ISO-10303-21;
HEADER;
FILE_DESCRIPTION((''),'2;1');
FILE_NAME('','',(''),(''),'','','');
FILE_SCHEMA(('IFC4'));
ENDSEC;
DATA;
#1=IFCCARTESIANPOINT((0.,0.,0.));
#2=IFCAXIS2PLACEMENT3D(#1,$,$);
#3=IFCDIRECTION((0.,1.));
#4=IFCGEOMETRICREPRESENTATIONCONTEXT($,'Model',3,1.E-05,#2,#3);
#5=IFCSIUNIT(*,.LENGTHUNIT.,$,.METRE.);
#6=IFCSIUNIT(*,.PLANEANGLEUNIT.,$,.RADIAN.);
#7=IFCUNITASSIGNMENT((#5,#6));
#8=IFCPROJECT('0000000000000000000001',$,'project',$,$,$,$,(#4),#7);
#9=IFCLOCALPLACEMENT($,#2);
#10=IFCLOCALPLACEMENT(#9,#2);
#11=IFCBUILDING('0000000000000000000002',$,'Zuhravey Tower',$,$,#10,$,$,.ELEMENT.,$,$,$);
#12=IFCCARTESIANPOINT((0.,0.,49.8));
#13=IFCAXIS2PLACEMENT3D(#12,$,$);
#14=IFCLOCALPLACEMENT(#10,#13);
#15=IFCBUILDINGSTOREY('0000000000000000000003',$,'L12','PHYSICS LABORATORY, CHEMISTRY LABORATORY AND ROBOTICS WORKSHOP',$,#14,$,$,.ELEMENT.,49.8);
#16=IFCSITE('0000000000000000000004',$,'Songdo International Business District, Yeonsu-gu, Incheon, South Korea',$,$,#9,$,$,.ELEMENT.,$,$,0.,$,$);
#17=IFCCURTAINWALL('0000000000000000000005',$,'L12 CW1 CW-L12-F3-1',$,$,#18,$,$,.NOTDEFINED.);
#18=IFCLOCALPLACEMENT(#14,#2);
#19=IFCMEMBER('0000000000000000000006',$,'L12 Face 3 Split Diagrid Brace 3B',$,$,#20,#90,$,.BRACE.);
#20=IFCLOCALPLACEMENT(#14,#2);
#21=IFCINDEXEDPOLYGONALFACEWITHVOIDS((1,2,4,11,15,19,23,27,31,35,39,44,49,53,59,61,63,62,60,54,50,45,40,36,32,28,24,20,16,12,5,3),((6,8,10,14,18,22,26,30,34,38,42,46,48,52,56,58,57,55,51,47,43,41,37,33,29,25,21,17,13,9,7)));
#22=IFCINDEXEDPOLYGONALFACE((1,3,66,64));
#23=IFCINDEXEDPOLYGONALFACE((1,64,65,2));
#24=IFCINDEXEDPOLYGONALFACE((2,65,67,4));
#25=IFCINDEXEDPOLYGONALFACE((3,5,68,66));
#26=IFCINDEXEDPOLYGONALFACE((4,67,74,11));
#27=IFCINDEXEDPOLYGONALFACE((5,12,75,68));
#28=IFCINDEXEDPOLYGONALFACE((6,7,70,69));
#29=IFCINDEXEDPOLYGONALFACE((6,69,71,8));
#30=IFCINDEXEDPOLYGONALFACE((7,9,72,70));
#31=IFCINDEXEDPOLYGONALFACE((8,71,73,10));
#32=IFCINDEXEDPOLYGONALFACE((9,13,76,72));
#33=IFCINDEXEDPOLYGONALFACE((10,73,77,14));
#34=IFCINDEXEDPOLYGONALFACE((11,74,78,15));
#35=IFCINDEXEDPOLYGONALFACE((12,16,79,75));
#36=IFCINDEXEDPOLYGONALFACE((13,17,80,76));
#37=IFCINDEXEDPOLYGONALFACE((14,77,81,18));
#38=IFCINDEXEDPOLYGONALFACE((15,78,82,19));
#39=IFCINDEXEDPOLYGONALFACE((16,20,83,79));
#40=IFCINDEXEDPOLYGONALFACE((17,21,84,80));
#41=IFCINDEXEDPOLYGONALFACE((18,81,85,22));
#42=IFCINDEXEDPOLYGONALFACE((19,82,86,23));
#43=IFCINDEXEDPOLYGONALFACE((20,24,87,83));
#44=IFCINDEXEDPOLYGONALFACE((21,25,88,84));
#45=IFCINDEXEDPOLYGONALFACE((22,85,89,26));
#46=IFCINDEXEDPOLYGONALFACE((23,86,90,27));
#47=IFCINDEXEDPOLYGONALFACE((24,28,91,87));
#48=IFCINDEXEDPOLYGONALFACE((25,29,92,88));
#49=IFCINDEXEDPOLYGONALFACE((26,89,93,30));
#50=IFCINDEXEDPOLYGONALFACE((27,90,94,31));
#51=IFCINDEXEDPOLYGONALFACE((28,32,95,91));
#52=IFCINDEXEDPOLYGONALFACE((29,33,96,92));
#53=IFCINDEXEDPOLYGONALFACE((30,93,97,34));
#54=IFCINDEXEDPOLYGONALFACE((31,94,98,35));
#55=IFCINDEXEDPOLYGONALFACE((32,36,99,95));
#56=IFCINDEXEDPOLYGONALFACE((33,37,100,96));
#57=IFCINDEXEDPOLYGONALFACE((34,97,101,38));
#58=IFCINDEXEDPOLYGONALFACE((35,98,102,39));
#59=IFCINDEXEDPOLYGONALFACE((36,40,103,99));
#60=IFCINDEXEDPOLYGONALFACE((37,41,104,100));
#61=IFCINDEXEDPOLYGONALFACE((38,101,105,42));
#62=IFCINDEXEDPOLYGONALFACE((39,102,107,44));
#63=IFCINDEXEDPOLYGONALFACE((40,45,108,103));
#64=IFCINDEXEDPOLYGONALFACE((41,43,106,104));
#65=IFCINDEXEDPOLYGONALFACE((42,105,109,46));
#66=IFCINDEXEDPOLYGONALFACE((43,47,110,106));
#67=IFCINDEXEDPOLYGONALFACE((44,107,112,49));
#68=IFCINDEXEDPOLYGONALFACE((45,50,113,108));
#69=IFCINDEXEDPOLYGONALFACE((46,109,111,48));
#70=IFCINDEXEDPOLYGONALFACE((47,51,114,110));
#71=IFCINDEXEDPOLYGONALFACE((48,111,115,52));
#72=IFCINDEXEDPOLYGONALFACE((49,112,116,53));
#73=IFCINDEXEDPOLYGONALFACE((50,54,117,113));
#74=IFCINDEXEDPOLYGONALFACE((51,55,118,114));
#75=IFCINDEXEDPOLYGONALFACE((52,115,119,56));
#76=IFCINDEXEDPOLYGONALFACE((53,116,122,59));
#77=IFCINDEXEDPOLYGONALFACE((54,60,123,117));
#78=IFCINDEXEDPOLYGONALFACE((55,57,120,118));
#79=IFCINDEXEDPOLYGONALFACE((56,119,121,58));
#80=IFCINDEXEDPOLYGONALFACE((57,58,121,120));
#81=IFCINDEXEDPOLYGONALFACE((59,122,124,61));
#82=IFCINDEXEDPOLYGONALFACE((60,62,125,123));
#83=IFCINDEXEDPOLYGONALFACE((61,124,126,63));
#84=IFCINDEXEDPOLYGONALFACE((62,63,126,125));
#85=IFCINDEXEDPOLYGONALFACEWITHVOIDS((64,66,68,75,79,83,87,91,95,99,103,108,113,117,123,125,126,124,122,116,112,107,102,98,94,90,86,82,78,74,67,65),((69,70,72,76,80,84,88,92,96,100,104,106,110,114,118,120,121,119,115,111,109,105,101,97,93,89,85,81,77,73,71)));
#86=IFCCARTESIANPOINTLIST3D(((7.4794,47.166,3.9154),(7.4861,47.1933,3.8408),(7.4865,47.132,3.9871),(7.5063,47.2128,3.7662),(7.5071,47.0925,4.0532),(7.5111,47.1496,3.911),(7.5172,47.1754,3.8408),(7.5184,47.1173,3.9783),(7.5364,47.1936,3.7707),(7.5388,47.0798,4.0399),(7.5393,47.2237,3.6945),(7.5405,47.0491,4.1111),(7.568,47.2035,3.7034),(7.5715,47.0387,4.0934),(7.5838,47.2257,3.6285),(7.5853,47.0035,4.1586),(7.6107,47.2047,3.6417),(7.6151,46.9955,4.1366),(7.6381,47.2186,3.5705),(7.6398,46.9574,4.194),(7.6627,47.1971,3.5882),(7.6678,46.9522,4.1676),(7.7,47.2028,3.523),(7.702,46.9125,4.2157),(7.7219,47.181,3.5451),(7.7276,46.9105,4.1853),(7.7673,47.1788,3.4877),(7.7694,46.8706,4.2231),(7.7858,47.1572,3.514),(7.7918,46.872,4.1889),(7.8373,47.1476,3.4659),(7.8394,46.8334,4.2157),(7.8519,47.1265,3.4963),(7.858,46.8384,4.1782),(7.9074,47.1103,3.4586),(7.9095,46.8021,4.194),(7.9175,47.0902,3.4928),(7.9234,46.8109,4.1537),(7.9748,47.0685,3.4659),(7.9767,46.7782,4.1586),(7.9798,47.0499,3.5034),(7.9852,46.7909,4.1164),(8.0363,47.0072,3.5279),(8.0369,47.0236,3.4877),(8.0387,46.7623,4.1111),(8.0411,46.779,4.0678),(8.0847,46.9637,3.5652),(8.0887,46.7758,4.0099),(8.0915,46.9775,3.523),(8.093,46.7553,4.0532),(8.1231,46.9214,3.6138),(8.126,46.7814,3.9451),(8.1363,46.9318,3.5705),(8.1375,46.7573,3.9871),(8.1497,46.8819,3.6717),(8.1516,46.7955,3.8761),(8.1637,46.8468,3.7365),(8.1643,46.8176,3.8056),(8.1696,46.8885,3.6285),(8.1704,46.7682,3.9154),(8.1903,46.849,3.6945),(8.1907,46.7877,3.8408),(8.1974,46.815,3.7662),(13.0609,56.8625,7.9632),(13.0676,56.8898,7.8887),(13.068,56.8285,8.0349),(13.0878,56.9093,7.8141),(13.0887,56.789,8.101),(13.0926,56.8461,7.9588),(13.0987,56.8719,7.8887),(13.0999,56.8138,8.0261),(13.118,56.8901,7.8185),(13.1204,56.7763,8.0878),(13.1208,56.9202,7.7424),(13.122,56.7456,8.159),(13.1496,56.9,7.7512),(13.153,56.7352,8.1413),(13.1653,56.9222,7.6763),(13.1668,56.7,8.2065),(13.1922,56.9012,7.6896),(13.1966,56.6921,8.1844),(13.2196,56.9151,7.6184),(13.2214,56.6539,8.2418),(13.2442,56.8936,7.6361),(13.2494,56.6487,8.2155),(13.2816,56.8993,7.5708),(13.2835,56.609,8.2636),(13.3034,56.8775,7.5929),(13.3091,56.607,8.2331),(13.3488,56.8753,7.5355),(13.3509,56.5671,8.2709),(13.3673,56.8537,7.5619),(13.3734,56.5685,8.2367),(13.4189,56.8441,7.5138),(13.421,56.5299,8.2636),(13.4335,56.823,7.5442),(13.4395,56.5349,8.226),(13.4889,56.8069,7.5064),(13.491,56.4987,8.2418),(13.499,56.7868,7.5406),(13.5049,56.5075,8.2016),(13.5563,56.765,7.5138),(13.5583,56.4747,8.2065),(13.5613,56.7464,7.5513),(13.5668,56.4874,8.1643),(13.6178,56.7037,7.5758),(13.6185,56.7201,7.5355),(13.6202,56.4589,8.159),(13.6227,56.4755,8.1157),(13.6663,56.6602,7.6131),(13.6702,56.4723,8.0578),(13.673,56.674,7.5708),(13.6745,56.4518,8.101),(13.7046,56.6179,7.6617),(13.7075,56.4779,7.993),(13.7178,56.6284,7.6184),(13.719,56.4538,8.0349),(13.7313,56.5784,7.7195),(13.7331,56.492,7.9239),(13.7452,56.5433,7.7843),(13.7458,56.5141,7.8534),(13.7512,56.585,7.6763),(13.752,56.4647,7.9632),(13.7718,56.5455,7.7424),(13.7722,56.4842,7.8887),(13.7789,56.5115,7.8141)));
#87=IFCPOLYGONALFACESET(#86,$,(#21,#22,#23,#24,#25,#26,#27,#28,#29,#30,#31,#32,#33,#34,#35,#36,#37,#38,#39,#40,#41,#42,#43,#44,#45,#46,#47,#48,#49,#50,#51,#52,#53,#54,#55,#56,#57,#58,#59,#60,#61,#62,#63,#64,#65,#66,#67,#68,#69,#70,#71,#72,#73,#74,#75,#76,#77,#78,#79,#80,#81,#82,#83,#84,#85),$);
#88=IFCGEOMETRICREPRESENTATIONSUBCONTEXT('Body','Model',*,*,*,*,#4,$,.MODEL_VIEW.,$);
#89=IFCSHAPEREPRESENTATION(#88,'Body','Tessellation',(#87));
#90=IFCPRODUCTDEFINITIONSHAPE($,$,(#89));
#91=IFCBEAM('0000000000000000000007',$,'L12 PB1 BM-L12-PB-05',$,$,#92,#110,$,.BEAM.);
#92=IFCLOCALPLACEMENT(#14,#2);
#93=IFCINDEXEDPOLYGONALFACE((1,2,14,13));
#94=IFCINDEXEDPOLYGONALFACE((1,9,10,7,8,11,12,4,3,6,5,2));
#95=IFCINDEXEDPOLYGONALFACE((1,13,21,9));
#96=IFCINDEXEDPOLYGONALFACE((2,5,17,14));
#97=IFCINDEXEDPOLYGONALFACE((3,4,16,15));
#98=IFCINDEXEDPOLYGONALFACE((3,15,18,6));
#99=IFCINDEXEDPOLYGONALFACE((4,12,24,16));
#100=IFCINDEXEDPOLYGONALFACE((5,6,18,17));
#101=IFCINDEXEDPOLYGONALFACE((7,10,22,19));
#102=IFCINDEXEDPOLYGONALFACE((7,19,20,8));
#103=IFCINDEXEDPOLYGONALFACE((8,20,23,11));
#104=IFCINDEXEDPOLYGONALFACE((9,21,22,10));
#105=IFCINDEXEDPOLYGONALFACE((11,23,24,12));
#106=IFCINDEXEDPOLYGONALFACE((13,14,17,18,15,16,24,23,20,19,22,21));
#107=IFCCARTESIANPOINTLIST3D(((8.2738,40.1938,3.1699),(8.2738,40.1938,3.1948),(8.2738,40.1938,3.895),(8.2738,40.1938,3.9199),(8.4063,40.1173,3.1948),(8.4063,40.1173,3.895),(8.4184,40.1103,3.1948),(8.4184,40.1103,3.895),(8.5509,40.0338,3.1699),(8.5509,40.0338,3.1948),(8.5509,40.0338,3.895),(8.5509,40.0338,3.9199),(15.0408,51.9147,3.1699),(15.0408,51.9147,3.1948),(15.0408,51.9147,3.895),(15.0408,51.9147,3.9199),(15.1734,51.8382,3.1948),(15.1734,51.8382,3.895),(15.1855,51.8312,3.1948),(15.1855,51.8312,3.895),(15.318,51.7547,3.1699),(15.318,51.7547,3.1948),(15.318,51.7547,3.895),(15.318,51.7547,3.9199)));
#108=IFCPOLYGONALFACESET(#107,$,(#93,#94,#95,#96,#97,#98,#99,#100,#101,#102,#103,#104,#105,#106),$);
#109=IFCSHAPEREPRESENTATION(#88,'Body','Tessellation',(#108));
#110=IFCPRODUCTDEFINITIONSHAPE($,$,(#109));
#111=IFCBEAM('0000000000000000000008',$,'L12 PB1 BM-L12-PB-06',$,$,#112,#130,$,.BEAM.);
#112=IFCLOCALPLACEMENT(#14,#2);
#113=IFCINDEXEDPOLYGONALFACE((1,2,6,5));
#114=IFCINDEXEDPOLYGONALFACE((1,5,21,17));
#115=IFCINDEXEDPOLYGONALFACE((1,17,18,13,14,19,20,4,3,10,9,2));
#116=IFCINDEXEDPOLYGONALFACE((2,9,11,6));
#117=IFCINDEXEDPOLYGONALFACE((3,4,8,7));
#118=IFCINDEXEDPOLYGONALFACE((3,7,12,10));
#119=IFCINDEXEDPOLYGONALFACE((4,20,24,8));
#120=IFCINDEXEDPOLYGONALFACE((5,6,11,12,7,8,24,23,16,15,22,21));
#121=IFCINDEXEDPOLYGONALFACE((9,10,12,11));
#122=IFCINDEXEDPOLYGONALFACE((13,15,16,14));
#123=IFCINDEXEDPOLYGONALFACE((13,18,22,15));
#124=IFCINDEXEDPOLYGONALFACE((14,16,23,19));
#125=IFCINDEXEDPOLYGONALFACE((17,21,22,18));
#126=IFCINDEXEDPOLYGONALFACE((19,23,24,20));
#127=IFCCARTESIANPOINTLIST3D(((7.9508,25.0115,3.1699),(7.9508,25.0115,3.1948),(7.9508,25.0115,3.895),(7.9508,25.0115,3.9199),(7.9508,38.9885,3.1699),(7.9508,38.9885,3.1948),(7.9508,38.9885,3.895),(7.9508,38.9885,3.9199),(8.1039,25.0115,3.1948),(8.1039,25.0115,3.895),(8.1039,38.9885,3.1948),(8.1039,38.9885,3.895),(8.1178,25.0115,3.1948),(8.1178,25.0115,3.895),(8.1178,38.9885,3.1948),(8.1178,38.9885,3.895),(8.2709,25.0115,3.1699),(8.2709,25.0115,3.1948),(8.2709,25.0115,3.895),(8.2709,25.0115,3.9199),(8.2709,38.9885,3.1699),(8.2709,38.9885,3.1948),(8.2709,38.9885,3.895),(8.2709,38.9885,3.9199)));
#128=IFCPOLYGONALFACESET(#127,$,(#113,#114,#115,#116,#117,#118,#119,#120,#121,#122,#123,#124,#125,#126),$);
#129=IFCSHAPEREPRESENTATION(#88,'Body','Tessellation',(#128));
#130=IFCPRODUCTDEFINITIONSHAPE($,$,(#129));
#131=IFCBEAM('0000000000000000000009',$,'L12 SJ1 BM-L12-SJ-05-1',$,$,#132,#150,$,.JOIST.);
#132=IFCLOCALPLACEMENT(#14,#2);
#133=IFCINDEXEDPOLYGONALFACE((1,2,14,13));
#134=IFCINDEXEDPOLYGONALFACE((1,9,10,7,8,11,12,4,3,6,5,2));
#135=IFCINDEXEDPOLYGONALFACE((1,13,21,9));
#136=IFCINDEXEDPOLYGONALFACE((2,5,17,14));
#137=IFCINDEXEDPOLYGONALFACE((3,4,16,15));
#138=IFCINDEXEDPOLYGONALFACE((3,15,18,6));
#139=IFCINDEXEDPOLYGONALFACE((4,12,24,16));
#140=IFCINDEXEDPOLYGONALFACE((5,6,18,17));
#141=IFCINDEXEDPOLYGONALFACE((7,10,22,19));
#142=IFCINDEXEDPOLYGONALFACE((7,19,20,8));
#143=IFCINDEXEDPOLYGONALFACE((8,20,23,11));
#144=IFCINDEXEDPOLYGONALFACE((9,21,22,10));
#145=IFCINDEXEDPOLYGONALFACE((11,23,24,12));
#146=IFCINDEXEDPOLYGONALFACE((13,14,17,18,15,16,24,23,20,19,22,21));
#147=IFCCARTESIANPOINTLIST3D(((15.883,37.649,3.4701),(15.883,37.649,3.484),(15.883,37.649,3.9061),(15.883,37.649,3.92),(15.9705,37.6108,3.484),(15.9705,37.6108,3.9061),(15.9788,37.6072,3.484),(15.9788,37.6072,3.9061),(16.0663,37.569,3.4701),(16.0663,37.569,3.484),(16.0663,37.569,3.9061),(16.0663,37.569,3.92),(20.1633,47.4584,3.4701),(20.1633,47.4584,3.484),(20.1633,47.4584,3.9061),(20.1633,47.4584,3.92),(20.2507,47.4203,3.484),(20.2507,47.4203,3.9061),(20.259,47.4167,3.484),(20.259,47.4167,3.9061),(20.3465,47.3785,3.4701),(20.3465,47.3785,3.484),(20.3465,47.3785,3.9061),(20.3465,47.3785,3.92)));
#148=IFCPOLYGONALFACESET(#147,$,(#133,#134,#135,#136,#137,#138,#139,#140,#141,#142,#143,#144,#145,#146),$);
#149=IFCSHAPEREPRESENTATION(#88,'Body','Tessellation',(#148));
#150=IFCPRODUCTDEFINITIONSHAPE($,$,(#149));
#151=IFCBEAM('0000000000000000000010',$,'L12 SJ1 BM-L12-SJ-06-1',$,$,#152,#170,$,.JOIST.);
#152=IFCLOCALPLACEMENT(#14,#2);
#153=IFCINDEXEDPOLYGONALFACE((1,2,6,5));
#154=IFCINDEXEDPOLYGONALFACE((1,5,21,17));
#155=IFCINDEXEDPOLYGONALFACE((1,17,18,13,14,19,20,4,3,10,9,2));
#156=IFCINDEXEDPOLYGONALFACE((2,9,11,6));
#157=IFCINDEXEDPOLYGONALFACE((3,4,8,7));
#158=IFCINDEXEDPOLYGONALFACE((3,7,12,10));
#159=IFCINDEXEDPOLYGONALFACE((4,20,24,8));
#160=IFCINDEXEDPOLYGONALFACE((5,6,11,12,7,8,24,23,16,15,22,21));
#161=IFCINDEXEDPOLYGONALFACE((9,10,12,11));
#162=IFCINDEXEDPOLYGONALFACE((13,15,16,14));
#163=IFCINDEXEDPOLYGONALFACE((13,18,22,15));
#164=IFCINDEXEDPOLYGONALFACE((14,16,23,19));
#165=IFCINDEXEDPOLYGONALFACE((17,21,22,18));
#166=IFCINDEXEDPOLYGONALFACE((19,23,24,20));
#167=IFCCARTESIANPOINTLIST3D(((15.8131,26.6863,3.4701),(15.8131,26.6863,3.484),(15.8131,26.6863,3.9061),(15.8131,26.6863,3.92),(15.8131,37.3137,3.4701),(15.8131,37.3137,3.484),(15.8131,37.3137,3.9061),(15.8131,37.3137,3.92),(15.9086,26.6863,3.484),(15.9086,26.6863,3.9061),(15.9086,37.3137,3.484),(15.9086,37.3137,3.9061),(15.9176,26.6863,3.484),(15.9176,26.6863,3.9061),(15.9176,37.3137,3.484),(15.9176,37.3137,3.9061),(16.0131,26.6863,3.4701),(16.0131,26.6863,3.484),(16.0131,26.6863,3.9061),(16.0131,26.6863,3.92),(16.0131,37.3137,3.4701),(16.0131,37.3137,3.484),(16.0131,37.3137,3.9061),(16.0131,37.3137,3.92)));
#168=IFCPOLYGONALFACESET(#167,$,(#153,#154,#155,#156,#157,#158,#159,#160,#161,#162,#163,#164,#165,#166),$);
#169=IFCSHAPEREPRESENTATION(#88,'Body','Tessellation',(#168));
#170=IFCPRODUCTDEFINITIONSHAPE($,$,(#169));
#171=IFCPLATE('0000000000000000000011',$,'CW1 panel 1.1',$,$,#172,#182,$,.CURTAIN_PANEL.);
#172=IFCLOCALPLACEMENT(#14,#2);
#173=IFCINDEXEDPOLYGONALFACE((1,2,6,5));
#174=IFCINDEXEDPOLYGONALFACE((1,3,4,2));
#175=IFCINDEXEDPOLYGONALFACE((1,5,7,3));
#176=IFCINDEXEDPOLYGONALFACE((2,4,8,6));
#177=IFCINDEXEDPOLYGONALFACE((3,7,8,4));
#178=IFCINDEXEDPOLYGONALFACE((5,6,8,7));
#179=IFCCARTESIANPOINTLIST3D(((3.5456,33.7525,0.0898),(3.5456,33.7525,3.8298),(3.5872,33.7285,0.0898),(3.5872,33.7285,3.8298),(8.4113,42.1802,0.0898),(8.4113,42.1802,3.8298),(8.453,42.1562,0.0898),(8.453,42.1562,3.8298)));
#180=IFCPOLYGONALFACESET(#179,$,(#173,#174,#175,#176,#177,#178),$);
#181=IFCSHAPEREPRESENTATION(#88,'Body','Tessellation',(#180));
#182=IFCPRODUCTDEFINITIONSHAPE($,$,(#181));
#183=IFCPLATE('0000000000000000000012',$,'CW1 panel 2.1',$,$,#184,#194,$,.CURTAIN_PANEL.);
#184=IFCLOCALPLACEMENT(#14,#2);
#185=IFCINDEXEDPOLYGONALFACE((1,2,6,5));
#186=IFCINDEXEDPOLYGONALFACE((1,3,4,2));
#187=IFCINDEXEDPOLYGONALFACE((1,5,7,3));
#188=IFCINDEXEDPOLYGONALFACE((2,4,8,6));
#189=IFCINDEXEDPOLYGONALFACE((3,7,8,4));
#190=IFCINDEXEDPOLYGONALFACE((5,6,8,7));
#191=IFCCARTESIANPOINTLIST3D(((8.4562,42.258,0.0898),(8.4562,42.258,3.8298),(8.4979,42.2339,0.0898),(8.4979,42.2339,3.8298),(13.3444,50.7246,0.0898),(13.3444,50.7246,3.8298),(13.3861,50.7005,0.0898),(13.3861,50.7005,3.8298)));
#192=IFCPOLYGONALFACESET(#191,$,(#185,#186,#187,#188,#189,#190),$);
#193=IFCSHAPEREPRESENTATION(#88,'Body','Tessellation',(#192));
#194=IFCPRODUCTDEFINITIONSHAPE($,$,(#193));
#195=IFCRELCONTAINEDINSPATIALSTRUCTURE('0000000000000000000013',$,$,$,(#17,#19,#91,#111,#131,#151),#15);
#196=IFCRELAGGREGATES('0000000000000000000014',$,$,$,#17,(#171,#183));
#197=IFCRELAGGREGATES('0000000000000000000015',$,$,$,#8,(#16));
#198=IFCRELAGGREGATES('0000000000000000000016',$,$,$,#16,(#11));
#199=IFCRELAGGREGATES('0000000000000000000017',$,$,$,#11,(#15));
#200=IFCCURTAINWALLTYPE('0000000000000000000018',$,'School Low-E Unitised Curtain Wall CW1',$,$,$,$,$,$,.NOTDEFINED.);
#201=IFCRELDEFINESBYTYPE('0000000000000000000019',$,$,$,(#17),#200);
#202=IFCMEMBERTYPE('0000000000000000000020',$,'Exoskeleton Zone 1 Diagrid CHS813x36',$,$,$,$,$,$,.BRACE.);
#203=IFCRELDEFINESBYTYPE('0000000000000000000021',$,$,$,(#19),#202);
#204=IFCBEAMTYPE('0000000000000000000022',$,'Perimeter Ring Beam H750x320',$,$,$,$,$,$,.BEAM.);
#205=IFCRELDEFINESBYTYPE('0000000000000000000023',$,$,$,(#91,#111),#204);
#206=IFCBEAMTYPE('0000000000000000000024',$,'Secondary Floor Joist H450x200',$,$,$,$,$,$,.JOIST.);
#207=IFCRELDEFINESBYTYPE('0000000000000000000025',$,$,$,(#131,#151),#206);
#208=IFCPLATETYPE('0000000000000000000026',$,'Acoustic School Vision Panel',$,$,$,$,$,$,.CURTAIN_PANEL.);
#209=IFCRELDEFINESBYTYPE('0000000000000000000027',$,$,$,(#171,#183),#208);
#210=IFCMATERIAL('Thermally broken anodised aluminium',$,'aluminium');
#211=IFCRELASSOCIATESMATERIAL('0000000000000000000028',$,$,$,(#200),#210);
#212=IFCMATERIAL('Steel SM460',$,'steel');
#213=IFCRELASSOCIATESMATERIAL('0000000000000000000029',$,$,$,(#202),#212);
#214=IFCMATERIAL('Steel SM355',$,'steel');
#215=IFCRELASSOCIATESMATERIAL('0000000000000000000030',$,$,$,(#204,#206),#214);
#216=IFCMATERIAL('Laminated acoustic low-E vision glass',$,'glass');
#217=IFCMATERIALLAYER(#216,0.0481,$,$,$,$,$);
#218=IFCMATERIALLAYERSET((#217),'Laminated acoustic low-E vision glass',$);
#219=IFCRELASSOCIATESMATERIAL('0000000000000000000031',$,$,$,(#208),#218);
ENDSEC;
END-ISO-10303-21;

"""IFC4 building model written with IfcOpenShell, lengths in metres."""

from ifc_helpers import new_model, si_unit, direction, frame, origin, origin_2d, place, context, subcontext, project, spatial, rectangle, hollow_circle, i_section, extrude, material, layer, layer_set, material_profile, profile_set, type_object, element, aggregate, save


model = new_model("IFC4")

# Units and contexts
model_context = context("Model", 3, precision=1e-05, world=origin(), true_north=direction((0.0, 1.0)))
body_context = subcontext(model_context, "Body", "Model", "MODEL_VIEW")
ifc_project = project(units=[si_unit("LENGTHUNIT", "METRE"), si_unit("PLANEANGLEUNIT", "RADIAN")], contexts=[model_context])

# Site, building, storey
site_placement = place(None, origin())
site = spatial("IfcSite", under=ifc_project, at=site_placement, Name="Songdo International Business District, Yeonsu-gu, Incheon, South Korea", CompositionType="ELEMENT", RefElevation=0.0)
building_placement = place(site_placement, origin())
building = spatial("IfcBuilding", under=site, at=building_placement, Name="Zuhravey Tower", CompositionType="ELEMENT")
storey_placement = place(building_placement, frame((0.0, 0.0, 49.8)))
storey = spatial("IfcBuildingStorey", under=building, at=storey_placement, Name="L12", Description="PHYSICS LABORATORY, CHEMISTRY LABORATORY AND ROBOTICS WORKSHOP", CompositionType="ELEMENT", Elevation=49.8)

# Curtain wall
ifc_material_1 = material(Name="Thermally broken anodised aluminium", Category="aluminium")
curtain_wall_type = type_object("IfcCurtainWallType", Name="School Low-E Unitised Curtain Wall CW1", PredefinedType="NOTDEFINED", material=ifc_material_1)
curtain_wall_1_placement = place(storey_placement, origin())
curtain_wall_1 = element("IfcCurtainWall", 1, at=curtain_wall_1_placement, inside=storey, type_object=curtain_wall_type, Name="L12 CW1 CW-L12-F3-1", PredefinedType="NOTDEFINED")

# Member
ifc_material_2 = material(Name="Steel SM355", Category="steel")
ifc_material_3 = material(Name="Steel SM460", Category="steel")
ifc_material_profile_1 = material_profile(ifc_material_3, hollow_circle(Radius=0.4065, WallThickness=0.0359, at=origin_2d()), Name="CHS-812.8x36")
ifc_profile_set_1 = profile_set([ifc_material_profile_1], Name="Steel SM460")
member_type_1 = type_object("IfcMemberType", Name="Exoskeleton Zone 1 Diagrid CHS813x36", PredefinedType="BRACE", material=ifc_profile_set_1)
member_1_placement = place(storey_placement, frame((7.8384, 46.9905, 3.8408), z_axis=(0.469118, 0.814974, 0.340214), x_axis=(-0.866673, 0.498877, 0.0)))
element("IfcMember", 2, at=member_1_placement, inside=storey, type_object=member_type_1, Name="L12 Face 3 Split Diagrid Brace 3B", PredefinedType="BRACE", context=body_context, shape_type="SweptSolid", body=[
    extrude(hollow_circle(Radius=0.4065, WallThickness=0.0359, at=origin_2d()), origin(), (0.0, 0.0, 1.0), 11.8979),
])

# Beams
ifc_material_profile_2 = material_profile(ifc_material_2, i_section(OverallWidth=0.3201, OverallDepth=0.75, WebThickness=0.0139, FlangeThickness=0.0249, at=origin_2d()), Name="H-750x320x14x25")
ifc_profile_set_2 = profile_set([ifc_material_profile_2], Name="Steel SM355")
beam_type_1 = type_object("IfcBeamType", Name="Perimeter Ring Beam H750x320", PredefinedType="BEAM", material=ifc_profile_set_2)
beam_1_placement = place(storey_placement, frame((15.1794, 51.8347, 3.5449), z_axis=(-0.5, -0.866025, 0.0), x_axis=(0.866025, -0.5, 0.0)))
element("IfcBeam", 3, at=beam_1_placement, inside=storey, type_object=beam_type_1, Name="L12 PB1 BM-L12-PB-05", PredefinedType="BEAM", context=body_context, shape_type="SweptSolid", body=[
    extrude(i_section(OverallWidth=0.3201, OverallDepth=0.75, WebThickness=0.0139, FlangeThickness=0.0249, at=origin_2d()), origin(), (0.0, 0.0, 1.0), 13.5342),
])
beam_2_placement = place(storey_placement, frame((8.1108, 38.9885, 3.5449), z_axis=(0.0, -1.0, 0.0), x_axis=(1.0, 0.0, 0.0)))
element("IfcBeam", 4, at=beam_2_placement, inside=storey, type_object=beam_type_1, Name="L12 PB1 BM-L12-PB-06", PredefinedType="BEAM", context=body_context, shape_type="SweptSolid", body=[
    extrude(i_section(OverallWidth=0.3201, OverallDepth=0.75, WebThickness=0.0139, FlangeThickness=0.0249, at=origin_2d()), origin(), (0.0, 0.0, 1.0), 13.9771),
])
ifc_material_profile_3 = material_profile(ifc_material_2, i_section(OverallWidth=0.2, OverallDepth=0.45, WebThickness=0.009, FlangeThickness=0.0139, at=origin_2d()), Name="H-450x200x9x14")
ifc_profile_set_3 = profile_set([ifc_material_profile_3], Name="Steel SM355")
beam_type_2 = type_object("IfcBeamType", Name="Secondary Floor Joist H450x200", PredefinedType="JOIST", material=ifc_profile_set_3)
beam_3_placement = place(storey_placement, frame((20.2549, 47.4185, 3.6951), z_axis=(-0.399924, -0.916549, 0.0), x_axis=(0.916549, -0.399924, 0.0)))
element("IfcBeam", 5, at=beam_3_placement, inside=storey, type_object=beam_type_2, Name="L12 SJ1 BM-L12-SJ-05-1", PredefinedType="JOIST", context=body_context, shape_type="SweptSolid", body=[
    extrude(i_section(OverallWidth=0.2, OverallDepth=0.45, WebThickness=0.009, FlangeThickness=0.0139, at=origin_2d()), origin(), (0.0, 0.0, 1.0), 10.7026),
])
beam_4_placement = place(storey_placement, frame((15.9131, 37.3137, 3.6951), z_axis=(0.0, -1.0, 0.0), x_axis=(1.0, 0.0, 0.0)))
element("IfcBeam", 6, at=beam_4_placement, inside=storey, type_object=beam_type_2, Name="L12 SJ1 BM-L12-SJ-06-1", PredefinedType="JOIST", context=body_context, shape_type="SweptSolid", body=[
    extrude(i_section(OverallWidth=0.2, OverallDepth=0.45, WebThickness=0.009, FlangeThickness=0.0139, at=origin_2d()), origin(), (0.0, 0.0, 1.0), 10.6274),
])

# Plates
ifc_material_4 = material(Name="Laminated acoustic low-E vision glass", Category="glass")
ifc_layer_1 = layer(ifc_material_4, 0.0481)
ifc_layer_set_1 = layer_set([ifc_layer_1], Name="Laminated acoustic low-E vision glass")
plate_type_1 = type_object("IfcPlateType", Name="Acoustic School Vision Panel", PredefinedType="CURTAIN_PANEL", material=ifc_layer_set_1)
plate_1_placement = place(storey_placement, frame((5.9993, 37.9543, 0.0898), z_axis=(0.0, 0.0, 1.0), x_axis=(0.5, 0.866026, 0.0)))
plate_1 = element("IfcPlate", 7, at=plate_1_placement, type_object=plate_type_1, Name="CW1 panel 1.1", PredefinedType="CURTAIN_PANEL", context=body_context, shape_type="SweptSolid", body=[
    extrude(rectangle(XDim=9.7314, YDim=0.0481, at=origin_2d()), origin(), (0.0, 0.0, 1.0), 3.74),
])
plate_2_placement = place(storey_placement, frame((10.9211, 46.4792, 0.0898), z_axis=(0.0, 0.0, 1.0), x_axis=(0.5, 0.866026, 0.0)))
plate_2 = element("IfcPlate", 8, at=plate_2_placement, type_object=plate_type_1, Name="CW1 panel 2.1", PredefinedType="CURTAIN_PANEL", context=body_context, shape_type="SweptSolid", body=[
    extrude(rectangle(XDim=9.7764, YDim=0.0481, at=origin_2d()), origin(), (0.0, 0.0, 1.0), 3.74),
])
aggregate(curtain_wall_1, [plate_1, plate_2])

save(model, "model.ifc")
